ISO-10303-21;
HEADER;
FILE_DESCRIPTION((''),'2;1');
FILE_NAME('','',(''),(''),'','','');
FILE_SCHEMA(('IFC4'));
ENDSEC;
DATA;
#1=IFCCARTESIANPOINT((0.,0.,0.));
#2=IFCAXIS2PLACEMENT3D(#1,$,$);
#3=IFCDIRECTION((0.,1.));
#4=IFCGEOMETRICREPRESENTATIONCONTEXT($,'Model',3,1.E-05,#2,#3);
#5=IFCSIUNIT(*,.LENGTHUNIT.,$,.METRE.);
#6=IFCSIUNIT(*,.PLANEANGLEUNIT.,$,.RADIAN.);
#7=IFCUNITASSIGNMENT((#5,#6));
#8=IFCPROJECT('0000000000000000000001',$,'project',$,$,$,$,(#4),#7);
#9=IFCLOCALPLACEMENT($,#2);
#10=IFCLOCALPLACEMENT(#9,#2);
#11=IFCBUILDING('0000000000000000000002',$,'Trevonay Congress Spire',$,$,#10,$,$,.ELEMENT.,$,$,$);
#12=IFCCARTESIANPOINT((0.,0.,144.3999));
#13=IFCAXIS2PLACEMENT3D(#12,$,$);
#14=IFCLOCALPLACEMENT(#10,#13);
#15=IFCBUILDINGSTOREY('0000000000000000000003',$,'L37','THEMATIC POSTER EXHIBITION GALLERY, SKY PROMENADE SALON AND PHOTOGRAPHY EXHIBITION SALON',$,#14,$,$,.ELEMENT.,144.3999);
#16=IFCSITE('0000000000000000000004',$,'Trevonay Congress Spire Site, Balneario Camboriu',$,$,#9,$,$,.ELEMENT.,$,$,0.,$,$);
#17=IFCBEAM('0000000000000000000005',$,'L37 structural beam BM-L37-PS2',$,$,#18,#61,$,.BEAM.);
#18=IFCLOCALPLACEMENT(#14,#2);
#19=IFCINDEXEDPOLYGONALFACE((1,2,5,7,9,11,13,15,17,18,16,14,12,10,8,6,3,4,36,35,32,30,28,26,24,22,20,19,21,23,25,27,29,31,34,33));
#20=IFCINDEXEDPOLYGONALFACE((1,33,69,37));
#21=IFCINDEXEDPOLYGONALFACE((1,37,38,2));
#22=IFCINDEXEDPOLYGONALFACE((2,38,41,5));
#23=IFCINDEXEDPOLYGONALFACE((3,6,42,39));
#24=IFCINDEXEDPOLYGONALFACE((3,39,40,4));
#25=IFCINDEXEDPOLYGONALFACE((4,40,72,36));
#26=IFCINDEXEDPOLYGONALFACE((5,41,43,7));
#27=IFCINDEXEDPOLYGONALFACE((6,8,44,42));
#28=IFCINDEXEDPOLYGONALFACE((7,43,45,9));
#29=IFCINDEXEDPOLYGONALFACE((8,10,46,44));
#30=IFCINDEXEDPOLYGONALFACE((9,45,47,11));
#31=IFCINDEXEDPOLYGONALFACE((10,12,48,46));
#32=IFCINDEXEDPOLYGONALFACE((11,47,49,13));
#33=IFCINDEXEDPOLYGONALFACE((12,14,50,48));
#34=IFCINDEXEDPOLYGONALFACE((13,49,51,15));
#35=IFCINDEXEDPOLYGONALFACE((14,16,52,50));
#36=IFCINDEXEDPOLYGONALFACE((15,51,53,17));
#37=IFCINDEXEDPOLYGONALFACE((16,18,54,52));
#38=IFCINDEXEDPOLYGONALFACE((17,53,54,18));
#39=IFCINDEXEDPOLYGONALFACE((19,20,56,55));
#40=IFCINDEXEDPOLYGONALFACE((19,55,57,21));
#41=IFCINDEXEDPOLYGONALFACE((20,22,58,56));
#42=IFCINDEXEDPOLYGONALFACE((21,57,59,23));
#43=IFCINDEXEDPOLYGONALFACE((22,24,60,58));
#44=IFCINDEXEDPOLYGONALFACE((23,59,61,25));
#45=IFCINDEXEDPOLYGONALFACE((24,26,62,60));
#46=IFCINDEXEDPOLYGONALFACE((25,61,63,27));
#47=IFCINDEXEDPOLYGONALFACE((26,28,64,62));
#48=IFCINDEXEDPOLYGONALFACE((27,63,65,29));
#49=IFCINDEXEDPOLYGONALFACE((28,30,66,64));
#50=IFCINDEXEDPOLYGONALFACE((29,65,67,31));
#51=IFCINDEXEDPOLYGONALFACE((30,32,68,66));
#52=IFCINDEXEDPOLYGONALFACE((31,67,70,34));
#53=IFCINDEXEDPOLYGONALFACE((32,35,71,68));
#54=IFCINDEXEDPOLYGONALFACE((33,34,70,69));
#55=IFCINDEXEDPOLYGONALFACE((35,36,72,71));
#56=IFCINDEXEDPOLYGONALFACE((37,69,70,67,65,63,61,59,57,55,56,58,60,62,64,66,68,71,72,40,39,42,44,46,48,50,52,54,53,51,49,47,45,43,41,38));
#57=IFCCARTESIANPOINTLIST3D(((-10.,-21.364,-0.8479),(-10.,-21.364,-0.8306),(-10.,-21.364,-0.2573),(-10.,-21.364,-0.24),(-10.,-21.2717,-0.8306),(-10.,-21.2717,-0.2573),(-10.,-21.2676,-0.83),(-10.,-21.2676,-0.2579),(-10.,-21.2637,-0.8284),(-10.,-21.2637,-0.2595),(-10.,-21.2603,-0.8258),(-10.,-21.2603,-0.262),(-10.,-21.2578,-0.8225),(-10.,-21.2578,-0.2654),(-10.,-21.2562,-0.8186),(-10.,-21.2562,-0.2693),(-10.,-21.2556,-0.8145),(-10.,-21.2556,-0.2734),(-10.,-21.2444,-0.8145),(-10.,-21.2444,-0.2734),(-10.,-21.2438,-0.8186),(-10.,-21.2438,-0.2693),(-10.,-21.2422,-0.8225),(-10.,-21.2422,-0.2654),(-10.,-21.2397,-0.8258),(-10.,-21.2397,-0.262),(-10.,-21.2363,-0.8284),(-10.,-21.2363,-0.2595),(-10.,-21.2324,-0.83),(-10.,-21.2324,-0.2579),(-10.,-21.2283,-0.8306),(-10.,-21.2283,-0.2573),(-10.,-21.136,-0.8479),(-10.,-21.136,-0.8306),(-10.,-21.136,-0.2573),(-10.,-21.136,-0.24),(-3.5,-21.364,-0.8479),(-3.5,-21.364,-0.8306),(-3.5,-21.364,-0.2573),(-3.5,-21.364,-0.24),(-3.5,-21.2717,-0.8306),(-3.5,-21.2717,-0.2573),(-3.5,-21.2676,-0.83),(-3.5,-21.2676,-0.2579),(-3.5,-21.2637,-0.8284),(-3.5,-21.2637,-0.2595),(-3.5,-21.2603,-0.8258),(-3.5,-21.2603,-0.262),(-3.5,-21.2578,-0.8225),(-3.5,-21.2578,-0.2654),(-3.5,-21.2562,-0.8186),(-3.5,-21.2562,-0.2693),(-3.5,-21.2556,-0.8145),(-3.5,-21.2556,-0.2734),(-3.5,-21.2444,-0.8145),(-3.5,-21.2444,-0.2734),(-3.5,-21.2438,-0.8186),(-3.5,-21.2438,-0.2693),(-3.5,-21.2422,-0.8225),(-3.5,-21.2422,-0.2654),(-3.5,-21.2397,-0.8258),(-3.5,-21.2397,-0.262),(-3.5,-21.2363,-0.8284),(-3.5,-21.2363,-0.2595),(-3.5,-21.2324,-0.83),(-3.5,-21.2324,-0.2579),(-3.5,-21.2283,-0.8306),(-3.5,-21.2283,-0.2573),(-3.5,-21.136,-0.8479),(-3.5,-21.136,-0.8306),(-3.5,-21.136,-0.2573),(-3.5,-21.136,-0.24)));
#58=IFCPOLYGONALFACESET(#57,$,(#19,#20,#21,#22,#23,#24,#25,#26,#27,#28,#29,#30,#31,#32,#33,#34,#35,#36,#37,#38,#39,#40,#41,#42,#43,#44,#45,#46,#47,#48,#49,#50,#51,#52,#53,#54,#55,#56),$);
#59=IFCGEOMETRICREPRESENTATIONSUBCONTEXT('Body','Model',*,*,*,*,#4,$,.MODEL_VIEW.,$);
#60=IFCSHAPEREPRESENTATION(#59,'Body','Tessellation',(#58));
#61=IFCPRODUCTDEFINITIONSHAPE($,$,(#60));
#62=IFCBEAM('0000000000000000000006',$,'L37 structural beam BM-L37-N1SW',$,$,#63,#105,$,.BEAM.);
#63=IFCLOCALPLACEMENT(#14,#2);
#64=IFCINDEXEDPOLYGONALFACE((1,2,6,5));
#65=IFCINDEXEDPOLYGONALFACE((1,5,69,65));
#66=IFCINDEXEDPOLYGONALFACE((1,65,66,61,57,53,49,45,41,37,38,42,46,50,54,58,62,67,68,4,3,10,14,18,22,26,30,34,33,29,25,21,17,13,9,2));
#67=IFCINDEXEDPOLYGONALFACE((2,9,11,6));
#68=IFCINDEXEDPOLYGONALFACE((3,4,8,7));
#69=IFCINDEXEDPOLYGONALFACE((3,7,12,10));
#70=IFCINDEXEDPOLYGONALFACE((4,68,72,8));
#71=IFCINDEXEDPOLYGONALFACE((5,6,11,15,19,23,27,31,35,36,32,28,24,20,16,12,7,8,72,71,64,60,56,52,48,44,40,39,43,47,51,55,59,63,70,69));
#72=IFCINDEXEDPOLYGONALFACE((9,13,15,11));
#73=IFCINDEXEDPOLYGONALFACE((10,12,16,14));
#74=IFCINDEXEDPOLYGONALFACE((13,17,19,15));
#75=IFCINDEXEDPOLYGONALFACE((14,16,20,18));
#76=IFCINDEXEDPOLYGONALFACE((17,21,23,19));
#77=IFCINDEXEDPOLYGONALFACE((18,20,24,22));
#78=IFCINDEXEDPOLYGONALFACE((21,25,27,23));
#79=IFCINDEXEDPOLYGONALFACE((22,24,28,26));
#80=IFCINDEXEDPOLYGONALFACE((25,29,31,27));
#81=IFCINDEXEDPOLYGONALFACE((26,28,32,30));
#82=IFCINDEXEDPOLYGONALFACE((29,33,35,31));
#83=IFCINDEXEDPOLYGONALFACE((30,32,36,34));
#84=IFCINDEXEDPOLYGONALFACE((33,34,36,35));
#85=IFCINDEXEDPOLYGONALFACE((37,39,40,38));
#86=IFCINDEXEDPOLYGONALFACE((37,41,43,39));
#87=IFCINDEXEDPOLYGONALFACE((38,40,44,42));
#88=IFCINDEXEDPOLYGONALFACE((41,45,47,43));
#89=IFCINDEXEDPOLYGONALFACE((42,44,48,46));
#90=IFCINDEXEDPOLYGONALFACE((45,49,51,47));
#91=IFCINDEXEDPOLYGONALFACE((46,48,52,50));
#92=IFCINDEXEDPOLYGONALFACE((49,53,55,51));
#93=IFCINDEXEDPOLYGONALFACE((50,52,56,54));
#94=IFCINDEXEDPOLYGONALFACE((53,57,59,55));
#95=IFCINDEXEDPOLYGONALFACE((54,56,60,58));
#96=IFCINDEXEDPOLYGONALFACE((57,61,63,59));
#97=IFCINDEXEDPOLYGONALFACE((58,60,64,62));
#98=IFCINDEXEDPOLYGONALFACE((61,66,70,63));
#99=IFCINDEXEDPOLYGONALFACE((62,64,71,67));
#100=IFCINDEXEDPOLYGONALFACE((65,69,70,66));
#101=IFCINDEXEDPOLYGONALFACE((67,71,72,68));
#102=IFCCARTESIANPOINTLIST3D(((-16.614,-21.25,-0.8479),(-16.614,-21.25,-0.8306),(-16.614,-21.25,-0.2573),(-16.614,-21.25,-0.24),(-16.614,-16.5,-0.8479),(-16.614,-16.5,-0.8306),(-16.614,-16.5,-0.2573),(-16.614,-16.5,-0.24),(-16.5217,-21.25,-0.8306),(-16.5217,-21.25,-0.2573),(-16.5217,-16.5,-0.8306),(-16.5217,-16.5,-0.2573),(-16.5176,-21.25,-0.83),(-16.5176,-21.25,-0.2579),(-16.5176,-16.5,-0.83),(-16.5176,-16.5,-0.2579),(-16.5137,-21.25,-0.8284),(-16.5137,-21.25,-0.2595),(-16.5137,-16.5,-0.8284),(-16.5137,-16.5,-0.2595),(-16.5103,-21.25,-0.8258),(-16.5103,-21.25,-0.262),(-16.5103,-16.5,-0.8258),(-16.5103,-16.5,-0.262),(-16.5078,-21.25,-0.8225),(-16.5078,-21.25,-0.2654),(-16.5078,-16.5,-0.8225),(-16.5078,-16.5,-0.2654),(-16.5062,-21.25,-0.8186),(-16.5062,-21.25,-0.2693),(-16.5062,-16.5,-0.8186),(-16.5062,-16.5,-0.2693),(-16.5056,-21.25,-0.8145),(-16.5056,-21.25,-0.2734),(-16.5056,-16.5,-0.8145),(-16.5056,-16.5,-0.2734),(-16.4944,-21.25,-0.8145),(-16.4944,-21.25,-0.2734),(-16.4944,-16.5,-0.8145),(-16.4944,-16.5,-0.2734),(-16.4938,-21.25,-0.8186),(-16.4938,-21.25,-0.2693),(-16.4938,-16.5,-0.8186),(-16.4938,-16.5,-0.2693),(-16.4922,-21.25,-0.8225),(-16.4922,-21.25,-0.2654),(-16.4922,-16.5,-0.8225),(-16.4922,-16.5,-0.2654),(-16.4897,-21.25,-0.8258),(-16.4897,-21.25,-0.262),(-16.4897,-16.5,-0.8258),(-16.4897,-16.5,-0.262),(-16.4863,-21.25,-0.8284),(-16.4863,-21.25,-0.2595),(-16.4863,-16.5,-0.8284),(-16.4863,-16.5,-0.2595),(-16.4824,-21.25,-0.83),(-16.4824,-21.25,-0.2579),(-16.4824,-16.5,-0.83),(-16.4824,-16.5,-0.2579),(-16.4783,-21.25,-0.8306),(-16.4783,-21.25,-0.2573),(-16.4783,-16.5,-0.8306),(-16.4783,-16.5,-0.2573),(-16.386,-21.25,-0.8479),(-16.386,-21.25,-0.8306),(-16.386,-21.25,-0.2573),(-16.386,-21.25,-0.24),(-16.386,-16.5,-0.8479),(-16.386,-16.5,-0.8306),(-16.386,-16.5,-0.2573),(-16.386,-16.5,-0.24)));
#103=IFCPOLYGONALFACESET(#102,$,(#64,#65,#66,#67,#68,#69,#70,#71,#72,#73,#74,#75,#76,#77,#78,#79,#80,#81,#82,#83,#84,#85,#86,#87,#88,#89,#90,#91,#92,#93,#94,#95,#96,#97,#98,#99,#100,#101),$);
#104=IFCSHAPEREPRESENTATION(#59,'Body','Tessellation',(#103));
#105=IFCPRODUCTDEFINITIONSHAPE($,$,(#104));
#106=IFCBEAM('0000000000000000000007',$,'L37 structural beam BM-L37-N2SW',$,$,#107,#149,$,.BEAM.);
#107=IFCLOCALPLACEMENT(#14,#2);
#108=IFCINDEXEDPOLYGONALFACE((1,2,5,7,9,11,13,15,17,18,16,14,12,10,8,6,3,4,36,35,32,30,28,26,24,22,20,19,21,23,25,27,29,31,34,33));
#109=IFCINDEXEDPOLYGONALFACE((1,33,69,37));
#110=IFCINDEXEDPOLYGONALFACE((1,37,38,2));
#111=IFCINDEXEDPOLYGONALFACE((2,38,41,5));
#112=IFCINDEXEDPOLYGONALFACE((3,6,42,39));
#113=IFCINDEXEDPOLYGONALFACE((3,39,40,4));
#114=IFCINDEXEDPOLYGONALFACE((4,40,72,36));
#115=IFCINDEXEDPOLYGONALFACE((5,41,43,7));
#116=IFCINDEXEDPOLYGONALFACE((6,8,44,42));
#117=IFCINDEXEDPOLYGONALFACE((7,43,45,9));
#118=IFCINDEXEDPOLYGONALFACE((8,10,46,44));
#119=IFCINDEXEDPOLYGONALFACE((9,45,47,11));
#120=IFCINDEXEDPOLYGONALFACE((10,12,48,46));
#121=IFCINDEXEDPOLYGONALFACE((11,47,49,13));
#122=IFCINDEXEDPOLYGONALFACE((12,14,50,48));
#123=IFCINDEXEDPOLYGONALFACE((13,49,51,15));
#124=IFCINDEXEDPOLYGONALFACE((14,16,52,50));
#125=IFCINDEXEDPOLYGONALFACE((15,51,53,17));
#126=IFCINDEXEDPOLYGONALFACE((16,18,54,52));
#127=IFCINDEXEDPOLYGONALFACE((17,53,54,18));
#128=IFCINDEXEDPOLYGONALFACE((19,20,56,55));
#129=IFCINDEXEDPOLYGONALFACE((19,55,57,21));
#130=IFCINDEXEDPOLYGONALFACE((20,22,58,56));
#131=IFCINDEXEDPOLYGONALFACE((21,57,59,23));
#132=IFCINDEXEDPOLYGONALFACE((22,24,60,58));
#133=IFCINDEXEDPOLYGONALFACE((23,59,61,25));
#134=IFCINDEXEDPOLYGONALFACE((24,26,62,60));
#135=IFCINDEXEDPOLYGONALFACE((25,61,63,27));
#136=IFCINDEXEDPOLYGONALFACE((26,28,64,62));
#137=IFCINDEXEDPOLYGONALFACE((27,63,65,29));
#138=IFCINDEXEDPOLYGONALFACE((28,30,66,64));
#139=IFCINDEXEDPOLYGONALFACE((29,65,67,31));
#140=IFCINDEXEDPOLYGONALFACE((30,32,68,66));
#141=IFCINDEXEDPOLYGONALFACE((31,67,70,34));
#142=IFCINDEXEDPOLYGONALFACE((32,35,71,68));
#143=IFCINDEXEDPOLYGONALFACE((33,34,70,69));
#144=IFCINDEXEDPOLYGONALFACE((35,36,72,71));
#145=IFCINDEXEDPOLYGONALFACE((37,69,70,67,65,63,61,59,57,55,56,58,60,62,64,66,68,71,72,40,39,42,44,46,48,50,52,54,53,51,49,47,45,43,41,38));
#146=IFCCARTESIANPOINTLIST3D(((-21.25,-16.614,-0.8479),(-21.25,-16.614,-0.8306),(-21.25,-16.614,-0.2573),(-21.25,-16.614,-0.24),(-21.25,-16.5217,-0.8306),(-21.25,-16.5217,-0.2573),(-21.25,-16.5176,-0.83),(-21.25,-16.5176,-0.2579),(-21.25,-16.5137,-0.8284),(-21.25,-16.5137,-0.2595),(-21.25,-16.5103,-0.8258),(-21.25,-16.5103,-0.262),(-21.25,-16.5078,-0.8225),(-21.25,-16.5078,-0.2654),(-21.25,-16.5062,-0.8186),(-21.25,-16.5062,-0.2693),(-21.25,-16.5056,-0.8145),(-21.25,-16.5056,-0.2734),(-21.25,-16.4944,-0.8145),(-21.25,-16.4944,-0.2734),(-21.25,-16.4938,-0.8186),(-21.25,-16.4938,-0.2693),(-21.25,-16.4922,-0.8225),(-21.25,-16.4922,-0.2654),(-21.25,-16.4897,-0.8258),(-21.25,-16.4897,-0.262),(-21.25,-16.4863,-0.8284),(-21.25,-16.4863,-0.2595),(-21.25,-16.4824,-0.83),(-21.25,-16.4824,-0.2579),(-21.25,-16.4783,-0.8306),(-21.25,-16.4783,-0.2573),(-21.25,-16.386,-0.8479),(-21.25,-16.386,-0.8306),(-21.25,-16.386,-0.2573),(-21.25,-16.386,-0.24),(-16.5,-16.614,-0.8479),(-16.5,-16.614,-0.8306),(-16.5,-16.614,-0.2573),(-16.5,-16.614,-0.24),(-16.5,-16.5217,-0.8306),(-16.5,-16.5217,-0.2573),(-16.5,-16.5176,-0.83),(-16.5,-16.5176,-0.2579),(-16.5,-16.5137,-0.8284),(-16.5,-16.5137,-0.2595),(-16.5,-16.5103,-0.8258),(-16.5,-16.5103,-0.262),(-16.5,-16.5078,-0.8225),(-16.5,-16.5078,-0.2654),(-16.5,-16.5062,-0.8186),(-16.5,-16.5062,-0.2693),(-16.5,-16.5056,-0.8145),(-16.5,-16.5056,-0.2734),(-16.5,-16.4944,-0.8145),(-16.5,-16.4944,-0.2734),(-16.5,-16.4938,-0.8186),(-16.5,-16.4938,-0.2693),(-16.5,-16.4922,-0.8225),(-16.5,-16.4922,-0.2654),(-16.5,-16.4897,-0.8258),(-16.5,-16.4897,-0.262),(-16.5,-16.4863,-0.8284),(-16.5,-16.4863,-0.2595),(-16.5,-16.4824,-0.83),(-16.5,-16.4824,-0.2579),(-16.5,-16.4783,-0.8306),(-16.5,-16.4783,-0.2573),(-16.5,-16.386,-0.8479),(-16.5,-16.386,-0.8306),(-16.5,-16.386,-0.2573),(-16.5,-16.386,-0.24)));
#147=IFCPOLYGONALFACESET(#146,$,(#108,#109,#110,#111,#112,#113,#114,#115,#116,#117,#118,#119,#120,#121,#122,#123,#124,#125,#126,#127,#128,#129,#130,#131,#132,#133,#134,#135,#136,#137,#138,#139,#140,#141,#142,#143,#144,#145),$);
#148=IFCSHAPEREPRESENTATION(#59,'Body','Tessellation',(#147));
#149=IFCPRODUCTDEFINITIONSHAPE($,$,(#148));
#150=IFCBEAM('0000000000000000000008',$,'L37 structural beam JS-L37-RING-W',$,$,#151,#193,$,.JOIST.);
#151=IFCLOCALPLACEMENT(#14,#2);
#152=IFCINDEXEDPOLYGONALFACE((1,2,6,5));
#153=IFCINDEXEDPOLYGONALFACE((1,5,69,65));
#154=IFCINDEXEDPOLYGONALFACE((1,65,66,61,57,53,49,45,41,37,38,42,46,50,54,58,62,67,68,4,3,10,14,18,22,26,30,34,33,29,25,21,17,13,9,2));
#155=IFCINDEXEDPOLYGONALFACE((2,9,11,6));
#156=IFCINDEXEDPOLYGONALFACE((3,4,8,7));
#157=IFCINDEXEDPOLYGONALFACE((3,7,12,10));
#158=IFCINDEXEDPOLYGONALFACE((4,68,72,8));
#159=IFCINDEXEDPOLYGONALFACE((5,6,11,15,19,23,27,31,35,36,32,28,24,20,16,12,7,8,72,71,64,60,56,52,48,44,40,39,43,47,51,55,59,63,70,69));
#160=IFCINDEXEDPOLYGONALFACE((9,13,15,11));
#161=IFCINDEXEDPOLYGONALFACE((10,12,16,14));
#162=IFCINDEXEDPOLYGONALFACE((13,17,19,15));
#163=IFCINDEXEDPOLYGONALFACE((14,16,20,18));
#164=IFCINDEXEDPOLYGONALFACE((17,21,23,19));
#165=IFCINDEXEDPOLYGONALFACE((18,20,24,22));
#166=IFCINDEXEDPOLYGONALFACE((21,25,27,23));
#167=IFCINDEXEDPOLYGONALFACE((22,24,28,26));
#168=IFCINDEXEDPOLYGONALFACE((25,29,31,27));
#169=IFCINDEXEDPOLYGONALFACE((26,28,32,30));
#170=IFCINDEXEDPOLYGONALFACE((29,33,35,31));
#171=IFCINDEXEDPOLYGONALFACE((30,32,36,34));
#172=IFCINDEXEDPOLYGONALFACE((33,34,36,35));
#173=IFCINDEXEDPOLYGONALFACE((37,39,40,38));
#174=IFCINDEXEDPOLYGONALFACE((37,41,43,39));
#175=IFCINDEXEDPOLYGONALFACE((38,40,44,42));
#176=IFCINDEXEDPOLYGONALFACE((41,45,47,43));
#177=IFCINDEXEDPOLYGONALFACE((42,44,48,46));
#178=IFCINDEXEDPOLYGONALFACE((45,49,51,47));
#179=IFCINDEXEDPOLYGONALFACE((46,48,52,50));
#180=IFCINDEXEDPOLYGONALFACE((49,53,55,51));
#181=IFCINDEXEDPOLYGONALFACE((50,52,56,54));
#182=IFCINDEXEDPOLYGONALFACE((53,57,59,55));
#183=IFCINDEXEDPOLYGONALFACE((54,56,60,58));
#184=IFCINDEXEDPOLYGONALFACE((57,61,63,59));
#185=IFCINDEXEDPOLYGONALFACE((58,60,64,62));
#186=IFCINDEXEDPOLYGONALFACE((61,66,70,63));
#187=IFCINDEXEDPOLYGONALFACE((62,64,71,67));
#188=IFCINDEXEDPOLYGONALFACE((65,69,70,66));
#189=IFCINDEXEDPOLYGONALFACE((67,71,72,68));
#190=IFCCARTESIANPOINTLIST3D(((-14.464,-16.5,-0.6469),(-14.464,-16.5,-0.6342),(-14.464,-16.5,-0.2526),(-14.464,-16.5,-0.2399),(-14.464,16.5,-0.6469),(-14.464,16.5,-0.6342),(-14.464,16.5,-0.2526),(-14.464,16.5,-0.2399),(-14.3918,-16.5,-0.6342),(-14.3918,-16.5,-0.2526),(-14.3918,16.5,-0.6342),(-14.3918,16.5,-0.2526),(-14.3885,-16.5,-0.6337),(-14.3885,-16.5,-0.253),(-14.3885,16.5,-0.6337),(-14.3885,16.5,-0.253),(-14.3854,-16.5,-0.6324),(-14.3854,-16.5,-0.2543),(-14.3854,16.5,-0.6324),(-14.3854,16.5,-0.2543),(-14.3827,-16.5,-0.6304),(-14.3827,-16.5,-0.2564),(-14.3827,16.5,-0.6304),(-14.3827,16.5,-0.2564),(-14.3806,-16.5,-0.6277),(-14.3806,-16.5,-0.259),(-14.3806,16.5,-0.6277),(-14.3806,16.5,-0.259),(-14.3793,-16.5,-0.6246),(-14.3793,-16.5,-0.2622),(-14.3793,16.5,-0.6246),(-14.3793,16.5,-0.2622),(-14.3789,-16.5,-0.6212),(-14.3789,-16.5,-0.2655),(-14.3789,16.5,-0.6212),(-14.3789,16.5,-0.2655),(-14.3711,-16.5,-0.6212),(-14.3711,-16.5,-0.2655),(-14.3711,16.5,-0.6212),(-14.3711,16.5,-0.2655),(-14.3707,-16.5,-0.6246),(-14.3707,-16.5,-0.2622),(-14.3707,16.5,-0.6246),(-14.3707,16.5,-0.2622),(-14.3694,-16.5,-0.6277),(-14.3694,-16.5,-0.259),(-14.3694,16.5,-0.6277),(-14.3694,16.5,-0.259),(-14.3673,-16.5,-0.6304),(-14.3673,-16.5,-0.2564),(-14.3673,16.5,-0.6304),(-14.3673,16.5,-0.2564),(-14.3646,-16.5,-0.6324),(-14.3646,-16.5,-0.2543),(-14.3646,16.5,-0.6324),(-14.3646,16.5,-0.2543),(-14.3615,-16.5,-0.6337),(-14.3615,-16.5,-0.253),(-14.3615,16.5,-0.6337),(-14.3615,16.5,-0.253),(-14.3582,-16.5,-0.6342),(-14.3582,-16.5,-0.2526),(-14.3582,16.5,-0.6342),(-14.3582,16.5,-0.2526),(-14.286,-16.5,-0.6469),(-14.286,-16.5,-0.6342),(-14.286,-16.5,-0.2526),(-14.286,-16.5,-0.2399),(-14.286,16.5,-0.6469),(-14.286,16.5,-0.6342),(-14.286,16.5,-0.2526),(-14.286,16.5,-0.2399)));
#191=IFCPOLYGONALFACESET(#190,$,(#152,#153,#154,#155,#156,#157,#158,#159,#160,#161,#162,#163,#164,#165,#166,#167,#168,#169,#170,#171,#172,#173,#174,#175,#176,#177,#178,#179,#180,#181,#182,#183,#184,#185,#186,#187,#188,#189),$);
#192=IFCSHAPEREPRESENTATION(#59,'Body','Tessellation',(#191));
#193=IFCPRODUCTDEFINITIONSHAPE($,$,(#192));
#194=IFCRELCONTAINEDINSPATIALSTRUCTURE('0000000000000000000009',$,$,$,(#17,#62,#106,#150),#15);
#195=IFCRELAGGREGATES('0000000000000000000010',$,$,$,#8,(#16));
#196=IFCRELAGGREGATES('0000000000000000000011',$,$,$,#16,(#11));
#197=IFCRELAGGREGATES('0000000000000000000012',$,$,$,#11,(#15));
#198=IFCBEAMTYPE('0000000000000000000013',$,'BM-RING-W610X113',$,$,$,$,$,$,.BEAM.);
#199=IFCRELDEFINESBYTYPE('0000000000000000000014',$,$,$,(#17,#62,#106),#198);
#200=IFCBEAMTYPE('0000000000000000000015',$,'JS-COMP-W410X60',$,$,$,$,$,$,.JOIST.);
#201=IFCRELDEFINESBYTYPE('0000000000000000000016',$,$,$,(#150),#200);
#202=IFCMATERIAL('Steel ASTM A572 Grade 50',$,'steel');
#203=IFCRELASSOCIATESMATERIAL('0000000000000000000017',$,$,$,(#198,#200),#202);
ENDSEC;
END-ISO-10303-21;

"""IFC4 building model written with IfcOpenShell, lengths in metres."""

from ifc_helpers import new_model, si_unit, direction, frame, origin, origin_2d, place, context, subcontext, project, spatial, i_section, extrude, material, material_profile, profile_set, type_object, element, save


model = new_model("IFC4")

# Units and contexts
model_context = context("Model", 3, precision=1e-05, world=origin(), true_north=direction((0.0, 1.0)))
body_context = subcontext(model_context, "Body", "Model", "MODEL_VIEW")
ifc_project = project(units=[si_unit("LENGTHUNIT", "METRE"), si_unit("PLANEANGLEUNIT", "RADIAN")], contexts=[model_context])

# Site, building, storey
site_placement = place(None, origin())
site = spatial("IfcSite", under=ifc_project, at=site_placement, Name="Trevonay Congress Spire Site, Balneario Camboriu", CompositionType="ELEMENT", RefElevation=0.0)
building_placement = place(site_placement, origin())
building = spatial("IfcBuilding", under=site, at=building_placement, Name="Trevonay Congress Spire", CompositionType="ELEMENT")
storey_placement = place(building_placement, frame((0.0, 0.0, 144.3999)))
storey = spatial("IfcBuildingStorey", under=building, at=storey_placement, Name="L37", Description="THEMATIC POSTER EXHIBITION GALLERY, SKY PROMENADE SALON AND PHOTOGRAPHY EXHIBITION SALON", CompositionType="ELEMENT", Elevation=144.3999)

# Shared definitions
ifc_material_1 = material(Name="Steel ASTM A572 Grade 50", Category="steel")

# Beams
ifc_material_profile_1 = material_profile(ifc_material_1, i_section(OverallWidth=0.228, OverallDepth=0.6079, WebThickness=0.0112, FlangeThickness=0.0173, FilletRadius=0.0161, at=origin_2d()), Name="W610x113")
ifc_profile_set_1 = profile_set([ifc_material_profile_1], Name="Steel ASTM A572 Grade 50")
beam_type_1 = type_object("IfcBeamType", Name="BM-RING-W610X113", PredefinedType="BEAM", material=ifc_profile_set_1)
for number, where, z_axis, x_axis, name in (
    (1, (-10.0, -21.25, -0.5439), (1.0, 0.0, 0.0), (0.0, 1.0, 0.0), "L37 structural beam BM-L37-PS2"),
):
    element("IfcBeam", number, at=place(storey_placement, frame(where, z_axis=z_axis, x_axis=x_axis)), inside=storey, type_object=beam_type_1, Name=name, PredefinedType="BEAM", context=body_context, shape_type="SweptSolid", body=[
        extrude(i_section(OverallWidth=0.228, OverallDepth=0.6079, WebThickness=0.0112, FlangeThickness=0.0173, FilletRadius=0.0161, at=origin_2d()), origin(), (0.0, 0.0, 1.0), 6.5),
    ])
for number, where, z_axis, x_axis, name in (
    (2, (-16.5, -21.25, -0.5439), (0.0, 1.0, 0.0), (-1.0, 0.0, 0.0), "L37 structural beam BM-L37-N1SW"),
    (3, (-21.25, -16.5, -0.5439), (1.0, 0.0, 0.0), (0.0, 1.0, 0.0), "L37 structural beam BM-L37-N2SW"),
):
    element("IfcBeam", number, at=place(storey_placement, frame(where, z_axis=z_axis, x_axis=x_axis)), inside=storey, type_object=beam_type_1, Name=name, PredefinedType="BEAM", context=body_context, shape_type="SweptSolid", body=[
        extrude(i_section(OverallWidth=0.228, OverallDepth=0.6079, WebThickness=0.0112, FlangeThickness=0.0173, FilletRadius=0.0161, at=origin_2d()), origin(), (0.0, 0.0, 1.0), 4.75),
    ])
ifc_material_profile_2 = material_profile(ifc_material_1, i_section(OverallWidth=0.178, OverallDepth=0.407, WebThickness=0.0078, FlangeThickness=0.0127, FilletRadius=0.0129, at=origin_2d()), Name="W410x60")
ifc_profile_set_2 = profile_set([ifc_material_profile_2], Name="Steel ASTM A572 Grade 50")
beam_type_2 = type_object("IfcBeamType", Name="JS-COMP-W410X60", PredefinedType="JOIST", material=ifc_profile_set_2)
beam_placement = place(storey_placement, frame((-14.375, -16.5, -0.4434), z_axis=(0.0, 1.0, 0.0), x_axis=(-1.0, 0.0, 0.0)))
element("IfcBeam", 4, at=beam_placement, inside=storey, type_object=beam_type_2, Name="L37 structural beam JS-L37-RING-W", PredefinedType="JOIST", context=body_context, shape_type="SweptSolid", body=[
    extrude(i_section(OverallWidth=0.178, OverallDepth=0.407, WebThickness=0.0078, FlangeThickness=0.0127, FilletRadius=0.0129, at=origin_2d()), origin(), (0.0, 0.0, 1.0), 33.0),
])

save(model, "model.ifc")
